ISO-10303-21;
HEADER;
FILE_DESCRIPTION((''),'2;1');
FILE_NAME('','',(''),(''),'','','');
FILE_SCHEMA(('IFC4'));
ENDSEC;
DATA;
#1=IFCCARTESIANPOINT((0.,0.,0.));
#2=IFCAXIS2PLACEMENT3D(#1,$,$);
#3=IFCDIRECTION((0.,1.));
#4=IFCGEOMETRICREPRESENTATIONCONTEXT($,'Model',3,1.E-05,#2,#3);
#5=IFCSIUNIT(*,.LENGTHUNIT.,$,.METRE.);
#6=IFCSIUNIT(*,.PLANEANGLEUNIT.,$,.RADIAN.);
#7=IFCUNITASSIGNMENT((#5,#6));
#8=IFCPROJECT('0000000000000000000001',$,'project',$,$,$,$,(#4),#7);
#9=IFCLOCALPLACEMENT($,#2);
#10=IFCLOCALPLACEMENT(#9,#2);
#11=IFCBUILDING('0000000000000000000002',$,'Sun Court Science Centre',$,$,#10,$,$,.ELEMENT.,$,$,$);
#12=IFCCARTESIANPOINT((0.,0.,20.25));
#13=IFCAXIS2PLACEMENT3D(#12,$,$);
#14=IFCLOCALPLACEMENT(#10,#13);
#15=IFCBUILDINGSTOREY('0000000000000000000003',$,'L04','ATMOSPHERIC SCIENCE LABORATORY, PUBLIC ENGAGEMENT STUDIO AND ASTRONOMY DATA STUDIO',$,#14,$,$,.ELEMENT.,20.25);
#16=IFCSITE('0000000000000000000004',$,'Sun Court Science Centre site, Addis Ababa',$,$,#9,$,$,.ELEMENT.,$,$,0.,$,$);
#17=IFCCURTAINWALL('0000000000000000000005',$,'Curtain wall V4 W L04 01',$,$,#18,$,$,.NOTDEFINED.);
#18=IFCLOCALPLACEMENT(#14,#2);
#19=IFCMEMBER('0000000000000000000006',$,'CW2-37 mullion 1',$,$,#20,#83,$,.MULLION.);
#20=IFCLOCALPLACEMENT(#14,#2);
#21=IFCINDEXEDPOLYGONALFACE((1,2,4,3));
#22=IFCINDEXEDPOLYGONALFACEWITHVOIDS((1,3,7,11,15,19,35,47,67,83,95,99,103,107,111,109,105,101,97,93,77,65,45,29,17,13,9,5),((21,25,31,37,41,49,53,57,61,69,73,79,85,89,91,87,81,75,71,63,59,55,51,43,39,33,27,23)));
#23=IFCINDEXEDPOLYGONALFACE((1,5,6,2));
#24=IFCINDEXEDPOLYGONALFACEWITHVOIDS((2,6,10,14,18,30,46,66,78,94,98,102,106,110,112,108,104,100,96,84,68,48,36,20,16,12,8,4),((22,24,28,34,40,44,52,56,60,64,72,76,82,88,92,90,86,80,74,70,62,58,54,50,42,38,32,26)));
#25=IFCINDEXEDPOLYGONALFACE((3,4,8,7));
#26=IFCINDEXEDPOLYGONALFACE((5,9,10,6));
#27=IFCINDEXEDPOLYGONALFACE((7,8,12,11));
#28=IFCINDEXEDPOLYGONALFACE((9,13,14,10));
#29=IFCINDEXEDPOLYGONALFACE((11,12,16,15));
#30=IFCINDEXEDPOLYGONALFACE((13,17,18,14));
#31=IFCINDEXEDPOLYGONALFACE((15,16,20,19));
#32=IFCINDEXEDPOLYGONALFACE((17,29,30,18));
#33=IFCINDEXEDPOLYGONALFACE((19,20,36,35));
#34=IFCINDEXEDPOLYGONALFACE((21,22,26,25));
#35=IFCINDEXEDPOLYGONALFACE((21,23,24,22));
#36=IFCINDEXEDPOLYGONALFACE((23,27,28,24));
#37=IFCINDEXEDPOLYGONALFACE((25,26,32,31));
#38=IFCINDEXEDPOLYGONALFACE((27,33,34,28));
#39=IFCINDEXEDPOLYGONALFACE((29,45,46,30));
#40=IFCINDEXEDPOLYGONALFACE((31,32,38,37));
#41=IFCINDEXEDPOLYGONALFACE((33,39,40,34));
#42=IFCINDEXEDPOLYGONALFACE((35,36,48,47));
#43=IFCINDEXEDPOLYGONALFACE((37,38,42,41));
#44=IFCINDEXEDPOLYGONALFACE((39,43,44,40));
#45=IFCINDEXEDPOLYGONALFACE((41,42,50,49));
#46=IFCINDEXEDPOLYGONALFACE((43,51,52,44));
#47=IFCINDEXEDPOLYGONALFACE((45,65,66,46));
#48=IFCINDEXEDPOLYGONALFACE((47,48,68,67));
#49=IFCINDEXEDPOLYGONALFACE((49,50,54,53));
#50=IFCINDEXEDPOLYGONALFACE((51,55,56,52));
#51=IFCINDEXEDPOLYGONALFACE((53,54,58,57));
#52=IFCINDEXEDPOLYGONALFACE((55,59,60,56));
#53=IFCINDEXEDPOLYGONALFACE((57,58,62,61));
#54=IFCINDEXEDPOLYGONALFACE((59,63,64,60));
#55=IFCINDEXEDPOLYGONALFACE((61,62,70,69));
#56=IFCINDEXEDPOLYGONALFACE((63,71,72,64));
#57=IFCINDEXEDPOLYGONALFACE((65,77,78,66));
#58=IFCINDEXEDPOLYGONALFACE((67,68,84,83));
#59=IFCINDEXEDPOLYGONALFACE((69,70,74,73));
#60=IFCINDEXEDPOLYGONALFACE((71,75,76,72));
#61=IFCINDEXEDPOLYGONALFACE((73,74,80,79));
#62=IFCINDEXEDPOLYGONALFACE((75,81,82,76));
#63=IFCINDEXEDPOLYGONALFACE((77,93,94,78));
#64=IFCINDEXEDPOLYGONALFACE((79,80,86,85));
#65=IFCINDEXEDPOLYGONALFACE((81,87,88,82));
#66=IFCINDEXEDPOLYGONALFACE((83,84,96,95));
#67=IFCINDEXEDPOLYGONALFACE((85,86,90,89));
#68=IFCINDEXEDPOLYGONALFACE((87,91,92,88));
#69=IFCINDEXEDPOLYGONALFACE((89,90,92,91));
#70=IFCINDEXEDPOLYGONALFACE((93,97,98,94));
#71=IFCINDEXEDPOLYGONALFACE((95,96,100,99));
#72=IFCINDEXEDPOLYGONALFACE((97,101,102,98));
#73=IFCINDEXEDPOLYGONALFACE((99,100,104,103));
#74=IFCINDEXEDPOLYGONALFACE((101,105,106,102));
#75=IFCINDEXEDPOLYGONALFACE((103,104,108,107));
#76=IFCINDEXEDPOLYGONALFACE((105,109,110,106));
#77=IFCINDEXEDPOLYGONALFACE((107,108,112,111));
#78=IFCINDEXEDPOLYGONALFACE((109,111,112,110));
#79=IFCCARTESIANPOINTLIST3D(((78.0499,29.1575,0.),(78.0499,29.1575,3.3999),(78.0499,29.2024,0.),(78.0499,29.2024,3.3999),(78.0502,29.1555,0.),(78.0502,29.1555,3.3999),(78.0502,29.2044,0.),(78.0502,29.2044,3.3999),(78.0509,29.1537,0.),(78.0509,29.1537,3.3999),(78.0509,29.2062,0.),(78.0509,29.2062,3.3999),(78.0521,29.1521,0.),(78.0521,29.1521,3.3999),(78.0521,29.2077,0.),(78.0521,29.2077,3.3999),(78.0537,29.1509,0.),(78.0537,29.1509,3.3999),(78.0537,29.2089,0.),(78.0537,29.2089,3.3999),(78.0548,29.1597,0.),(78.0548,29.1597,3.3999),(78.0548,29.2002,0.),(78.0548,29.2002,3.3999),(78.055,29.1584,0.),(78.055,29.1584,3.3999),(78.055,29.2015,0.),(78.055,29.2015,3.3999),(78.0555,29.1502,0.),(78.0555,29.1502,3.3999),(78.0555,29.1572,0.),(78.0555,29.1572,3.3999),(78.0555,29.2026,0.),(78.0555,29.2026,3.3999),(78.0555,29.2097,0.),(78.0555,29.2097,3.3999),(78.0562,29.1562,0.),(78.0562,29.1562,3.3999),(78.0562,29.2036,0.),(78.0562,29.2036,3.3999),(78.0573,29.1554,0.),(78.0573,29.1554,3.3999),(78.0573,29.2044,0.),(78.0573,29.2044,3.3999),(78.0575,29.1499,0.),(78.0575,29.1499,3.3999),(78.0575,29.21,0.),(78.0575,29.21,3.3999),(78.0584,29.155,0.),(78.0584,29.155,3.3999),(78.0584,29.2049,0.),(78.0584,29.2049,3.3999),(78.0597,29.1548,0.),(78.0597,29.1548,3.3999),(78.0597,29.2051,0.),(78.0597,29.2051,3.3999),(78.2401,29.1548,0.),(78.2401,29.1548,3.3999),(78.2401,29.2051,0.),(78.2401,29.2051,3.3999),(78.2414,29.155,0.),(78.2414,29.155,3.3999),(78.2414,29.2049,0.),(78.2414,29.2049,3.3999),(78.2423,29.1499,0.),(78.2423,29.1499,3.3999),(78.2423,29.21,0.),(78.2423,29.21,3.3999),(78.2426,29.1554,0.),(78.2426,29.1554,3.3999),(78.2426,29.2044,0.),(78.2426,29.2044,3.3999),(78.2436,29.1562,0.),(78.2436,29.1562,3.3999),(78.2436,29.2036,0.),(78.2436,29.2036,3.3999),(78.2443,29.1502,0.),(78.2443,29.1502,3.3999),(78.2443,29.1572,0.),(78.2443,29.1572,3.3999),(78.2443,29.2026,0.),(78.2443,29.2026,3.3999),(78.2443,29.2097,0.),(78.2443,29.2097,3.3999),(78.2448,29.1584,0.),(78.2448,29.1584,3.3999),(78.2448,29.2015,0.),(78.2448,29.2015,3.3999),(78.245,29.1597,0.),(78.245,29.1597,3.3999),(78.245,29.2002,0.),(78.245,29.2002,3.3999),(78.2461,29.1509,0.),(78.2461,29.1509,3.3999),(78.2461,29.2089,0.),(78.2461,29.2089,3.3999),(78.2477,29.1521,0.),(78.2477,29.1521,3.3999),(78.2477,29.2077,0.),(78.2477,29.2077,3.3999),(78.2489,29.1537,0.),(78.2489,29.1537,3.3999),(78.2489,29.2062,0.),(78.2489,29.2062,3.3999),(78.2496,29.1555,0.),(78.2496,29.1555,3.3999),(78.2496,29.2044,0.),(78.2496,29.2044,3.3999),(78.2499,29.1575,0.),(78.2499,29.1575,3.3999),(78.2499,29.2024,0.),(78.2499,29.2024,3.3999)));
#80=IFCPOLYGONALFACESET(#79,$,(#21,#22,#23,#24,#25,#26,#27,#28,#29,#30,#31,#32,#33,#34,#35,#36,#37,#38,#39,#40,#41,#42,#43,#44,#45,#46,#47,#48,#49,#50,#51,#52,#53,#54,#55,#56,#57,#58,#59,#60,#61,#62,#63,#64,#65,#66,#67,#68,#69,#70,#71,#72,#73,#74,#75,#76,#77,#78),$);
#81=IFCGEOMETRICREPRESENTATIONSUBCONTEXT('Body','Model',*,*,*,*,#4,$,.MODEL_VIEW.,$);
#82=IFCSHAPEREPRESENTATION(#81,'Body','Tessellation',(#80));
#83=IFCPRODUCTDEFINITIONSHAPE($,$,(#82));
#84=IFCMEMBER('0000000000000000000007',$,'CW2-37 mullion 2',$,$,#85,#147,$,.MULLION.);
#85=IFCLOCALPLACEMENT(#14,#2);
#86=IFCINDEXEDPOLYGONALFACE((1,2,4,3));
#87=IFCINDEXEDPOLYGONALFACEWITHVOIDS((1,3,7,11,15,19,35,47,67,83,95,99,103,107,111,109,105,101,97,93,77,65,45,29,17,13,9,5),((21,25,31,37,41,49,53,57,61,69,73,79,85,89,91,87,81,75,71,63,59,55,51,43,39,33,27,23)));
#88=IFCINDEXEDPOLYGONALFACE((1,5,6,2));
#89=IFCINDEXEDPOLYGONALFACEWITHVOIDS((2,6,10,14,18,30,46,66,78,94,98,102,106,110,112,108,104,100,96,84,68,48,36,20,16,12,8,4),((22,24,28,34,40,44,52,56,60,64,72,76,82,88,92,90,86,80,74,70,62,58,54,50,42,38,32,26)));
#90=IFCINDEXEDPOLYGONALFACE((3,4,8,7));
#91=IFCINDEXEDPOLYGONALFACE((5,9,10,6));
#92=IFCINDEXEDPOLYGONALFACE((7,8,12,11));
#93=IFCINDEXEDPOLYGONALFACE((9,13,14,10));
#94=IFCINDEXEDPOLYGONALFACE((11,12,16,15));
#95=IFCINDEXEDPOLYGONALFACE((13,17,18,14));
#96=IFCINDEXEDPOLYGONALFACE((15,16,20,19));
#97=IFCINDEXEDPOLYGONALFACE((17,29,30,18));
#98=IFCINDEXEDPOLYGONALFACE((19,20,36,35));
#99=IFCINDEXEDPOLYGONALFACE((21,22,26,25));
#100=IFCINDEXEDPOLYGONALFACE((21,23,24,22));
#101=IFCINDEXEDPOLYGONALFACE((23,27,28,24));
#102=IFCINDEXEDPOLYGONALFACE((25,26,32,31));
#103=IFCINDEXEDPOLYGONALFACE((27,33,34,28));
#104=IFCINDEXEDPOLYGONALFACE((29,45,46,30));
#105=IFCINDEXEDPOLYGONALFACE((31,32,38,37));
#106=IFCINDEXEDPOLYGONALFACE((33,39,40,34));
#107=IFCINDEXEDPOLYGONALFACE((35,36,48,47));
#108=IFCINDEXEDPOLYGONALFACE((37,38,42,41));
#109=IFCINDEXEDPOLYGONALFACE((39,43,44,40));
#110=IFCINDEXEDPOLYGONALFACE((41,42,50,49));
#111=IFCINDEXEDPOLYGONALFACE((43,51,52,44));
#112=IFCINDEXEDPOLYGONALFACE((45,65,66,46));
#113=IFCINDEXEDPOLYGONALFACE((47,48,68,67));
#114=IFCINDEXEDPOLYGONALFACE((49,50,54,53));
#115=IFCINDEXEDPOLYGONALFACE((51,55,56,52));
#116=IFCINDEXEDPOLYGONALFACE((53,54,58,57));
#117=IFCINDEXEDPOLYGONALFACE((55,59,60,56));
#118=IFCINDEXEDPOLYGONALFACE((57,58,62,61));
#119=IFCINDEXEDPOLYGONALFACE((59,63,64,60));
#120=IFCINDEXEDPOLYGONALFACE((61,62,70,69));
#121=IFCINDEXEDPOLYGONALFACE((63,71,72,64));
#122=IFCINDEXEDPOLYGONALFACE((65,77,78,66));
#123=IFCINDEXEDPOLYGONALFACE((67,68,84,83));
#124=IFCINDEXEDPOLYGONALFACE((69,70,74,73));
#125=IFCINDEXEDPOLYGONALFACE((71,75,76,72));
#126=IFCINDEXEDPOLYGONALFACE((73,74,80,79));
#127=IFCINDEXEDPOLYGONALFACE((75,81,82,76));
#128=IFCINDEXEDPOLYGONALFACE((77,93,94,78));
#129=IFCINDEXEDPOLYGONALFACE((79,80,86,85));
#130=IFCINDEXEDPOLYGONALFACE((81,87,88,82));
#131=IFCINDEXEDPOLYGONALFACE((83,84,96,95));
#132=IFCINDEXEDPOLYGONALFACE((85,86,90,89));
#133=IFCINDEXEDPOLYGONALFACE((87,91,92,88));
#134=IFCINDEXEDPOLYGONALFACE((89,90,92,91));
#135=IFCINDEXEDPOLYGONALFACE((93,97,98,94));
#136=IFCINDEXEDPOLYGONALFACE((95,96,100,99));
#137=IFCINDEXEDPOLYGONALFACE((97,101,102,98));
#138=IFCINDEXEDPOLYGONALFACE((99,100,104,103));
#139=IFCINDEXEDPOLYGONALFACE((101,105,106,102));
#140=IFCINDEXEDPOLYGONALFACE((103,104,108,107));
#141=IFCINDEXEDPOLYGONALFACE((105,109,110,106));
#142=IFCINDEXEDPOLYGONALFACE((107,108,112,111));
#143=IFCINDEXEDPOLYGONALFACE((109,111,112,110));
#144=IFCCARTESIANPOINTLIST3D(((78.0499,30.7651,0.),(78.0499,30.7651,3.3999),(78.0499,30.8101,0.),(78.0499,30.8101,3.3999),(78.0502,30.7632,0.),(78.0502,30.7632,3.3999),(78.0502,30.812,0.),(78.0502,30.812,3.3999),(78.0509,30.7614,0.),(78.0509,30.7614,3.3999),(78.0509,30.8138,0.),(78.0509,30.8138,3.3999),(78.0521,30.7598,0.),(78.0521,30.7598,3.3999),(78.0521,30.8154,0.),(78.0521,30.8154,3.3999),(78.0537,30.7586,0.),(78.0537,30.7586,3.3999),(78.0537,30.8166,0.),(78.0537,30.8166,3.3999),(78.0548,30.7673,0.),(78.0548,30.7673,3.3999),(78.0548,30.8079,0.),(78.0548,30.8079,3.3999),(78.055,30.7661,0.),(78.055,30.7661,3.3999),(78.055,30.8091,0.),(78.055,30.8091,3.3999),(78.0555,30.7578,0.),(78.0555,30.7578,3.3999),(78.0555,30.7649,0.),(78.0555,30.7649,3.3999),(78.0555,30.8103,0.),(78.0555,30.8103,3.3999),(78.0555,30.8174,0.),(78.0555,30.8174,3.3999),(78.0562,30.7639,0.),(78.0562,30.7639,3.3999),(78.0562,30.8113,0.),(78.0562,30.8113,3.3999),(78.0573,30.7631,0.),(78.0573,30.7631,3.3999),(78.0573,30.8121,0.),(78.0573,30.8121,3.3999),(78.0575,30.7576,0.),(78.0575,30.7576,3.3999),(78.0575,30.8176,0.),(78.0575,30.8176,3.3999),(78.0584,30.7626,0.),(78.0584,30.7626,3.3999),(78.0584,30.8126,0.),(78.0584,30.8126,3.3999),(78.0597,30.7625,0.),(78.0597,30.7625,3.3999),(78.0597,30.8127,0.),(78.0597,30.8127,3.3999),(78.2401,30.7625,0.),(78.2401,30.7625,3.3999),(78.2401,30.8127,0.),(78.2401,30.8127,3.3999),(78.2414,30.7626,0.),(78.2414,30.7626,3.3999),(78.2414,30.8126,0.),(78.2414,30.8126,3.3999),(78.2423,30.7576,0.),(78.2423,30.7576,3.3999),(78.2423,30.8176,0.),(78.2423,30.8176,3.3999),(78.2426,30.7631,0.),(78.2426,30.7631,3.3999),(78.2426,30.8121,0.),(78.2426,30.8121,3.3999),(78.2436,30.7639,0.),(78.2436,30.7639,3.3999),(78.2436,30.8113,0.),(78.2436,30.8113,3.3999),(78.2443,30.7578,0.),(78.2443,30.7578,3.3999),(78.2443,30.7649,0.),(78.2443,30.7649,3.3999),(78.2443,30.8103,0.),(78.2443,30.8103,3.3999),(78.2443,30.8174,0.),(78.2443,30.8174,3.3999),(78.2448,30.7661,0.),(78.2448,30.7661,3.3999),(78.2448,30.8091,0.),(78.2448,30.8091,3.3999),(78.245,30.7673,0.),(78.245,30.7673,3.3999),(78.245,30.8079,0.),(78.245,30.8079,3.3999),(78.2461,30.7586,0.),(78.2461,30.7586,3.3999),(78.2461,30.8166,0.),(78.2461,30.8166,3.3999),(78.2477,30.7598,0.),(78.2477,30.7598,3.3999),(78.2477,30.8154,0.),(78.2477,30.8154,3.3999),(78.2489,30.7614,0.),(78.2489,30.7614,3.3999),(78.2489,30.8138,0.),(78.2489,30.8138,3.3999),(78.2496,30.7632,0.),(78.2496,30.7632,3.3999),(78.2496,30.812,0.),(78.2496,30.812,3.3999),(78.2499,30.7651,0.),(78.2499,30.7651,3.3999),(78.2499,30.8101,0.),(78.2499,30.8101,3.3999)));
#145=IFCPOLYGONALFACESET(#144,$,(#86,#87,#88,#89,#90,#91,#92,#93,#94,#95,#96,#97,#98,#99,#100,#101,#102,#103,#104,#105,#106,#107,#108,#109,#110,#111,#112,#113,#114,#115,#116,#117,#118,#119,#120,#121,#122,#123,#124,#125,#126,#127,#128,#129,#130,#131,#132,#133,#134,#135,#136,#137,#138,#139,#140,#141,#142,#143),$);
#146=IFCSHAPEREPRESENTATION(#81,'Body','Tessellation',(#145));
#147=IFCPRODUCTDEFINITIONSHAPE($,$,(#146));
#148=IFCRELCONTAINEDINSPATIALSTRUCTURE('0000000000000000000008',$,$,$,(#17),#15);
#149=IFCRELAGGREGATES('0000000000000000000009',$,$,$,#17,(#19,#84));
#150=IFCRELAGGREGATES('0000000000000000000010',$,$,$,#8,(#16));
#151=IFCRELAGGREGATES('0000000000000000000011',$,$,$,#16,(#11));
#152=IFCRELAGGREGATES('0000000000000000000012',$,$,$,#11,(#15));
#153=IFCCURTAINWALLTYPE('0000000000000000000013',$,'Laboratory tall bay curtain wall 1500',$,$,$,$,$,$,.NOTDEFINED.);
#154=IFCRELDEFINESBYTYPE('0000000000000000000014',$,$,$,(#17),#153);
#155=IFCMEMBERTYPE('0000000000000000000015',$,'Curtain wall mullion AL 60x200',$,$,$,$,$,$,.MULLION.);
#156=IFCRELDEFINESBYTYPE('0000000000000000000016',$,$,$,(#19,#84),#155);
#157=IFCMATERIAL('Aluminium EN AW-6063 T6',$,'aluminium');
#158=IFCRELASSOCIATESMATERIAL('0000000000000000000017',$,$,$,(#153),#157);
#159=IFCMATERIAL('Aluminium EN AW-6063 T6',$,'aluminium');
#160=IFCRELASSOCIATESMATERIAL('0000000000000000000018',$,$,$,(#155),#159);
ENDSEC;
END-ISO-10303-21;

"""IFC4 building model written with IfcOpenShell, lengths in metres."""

from ifc_helpers import new_model, si_unit, direction, frame, origin, origin_2d, place, context, subcontext, project, spatial, hollow_rectangle, extrude, material, material_profile, profile_set, type_object, element, aggregate, save


model = new_model("IFC4")

# Units and contexts
model_context = context("Model", 3, precision=1e-05, world=origin(), true_north=direction((0.0, 1.0)))
body_context = subcontext(model_context, "Body", "Model", "MODEL_VIEW")
ifc_project = project(units=[si_unit("LENGTHUNIT", "METRE"), si_unit("PLANEANGLEUNIT", "RADIAN")], contexts=[model_context])

# Site, building, storey
site_placement = place(None, origin())
site = spatial("IfcSite", under=ifc_project, at=site_placement, Name="Sun Court Science Centre site, Addis Ababa", CompositionType="ELEMENT", RefElevation=0.0)
building_placement = place(site_placement, origin())
building = spatial("IfcBuilding", under=site, at=building_placement, Name="Sun Court Science Centre", CompositionType="ELEMENT")
storey_placement = place(building_placement, frame((0.0, 0.0, 20.25)))
storey = spatial("IfcBuildingStorey", under=building, at=storey_placement, Name="L04", Description="ATMOSPHERIC SCIENCE LABORATORY, PUBLIC ENGAGEMENT STUDIO AND ASTRONOMY DATA STUDIO", CompositionType="ELEMENT", Elevation=20.25)

# Curtain wall, members
ifc_material_1 = material(Name="Aluminium EN AW-6063 T6", Category="aluminium")
curtain_wall_type = type_object("IfcCurtainWallType", Name="Laboratory tall bay curtain wall 1500", PredefinedType="NOTDEFINED", material=ifc_material_1)
curtain_wall_placement = place(storey_placement, origin())
curtain_wall = element("IfcCurtainWall", 1, at=curtain_wall_placement, inside=storey, type_object=curtain_wall_type, Name="Curtain wall V4 W L04 01", PredefinedType="NOTDEFINED")
ifc_material_2 = material(Name="Aluminium EN AW-6063 T6", Category="aluminium")
ifc_material_profile_1 = material_profile(ifc_material_2, hollow_rectangle(XDim=0.0601, YDim=0.2, WallThickness=0.0049, InnerFilletRadius=0.0049, OuterFilletRadius=0.0076, at=origin_2d()), Name="AL 60x200x5")
ifc_profile_set_1 = profile_set([ifc_material_profile_1], Name="Aluminium EN AW-6063 T6")
member_type_1 = type_object("IfcMemberType", Name="Curtain wall mullion AL 60x200", PredefinedType="MULLION", material=ifc_profile_set_1)
member_1_placement = place(storey_placement, frame((78.1499, 29.1799, 0.0), z_axis=(0.0, 0.0, 1.0), x_axis=(0.0, 1.0, 0.0)))
member_1 = element("IfcMember", 2, at=member_1_placement, type_object=member_type_1, Name="CW2-37 mullion 1", PredefinedType="MULLION", context=body_context, shape_type="SweptSolid", body=[
    extrude(hollow_rectangle(XDim=0.0601, YDim=0.2, WallThickness=0.0049, InnerFilletRadius=0.0049, OuterFilletRadius=0.0076, at=origin_2d()), origin(), (0.0, 0.0, 1.0), 3.3999),
])
member_2_placement = place(storey_placement, frame((78.1499, 30.7876, 0.0), z_axis=(0.0, 0.0, 1.0), x_axis=(0.0, 1.0, 0.0)))
member_2 = element("IfcMember", 3, at=member_2_placement, type_object=member_type_1, Name="CW2-37 mullion 2", PredefinedType="MULLION", context=body_context, shape_type="SweptSolid", body=[
    extrude(hollow_rectangle(XDim=0.0601, YDim=0.2, WallThickness=0.0049, InnerFilletRadius=0.0049, OuterFilletRadius=0.0076, at=origin_2d()), origin(), (0.0, 0.0, 1.0), 3.3999),
])
aggregate(curtain_wall, [member_1, member_2])

save(model, "model.ifc")
